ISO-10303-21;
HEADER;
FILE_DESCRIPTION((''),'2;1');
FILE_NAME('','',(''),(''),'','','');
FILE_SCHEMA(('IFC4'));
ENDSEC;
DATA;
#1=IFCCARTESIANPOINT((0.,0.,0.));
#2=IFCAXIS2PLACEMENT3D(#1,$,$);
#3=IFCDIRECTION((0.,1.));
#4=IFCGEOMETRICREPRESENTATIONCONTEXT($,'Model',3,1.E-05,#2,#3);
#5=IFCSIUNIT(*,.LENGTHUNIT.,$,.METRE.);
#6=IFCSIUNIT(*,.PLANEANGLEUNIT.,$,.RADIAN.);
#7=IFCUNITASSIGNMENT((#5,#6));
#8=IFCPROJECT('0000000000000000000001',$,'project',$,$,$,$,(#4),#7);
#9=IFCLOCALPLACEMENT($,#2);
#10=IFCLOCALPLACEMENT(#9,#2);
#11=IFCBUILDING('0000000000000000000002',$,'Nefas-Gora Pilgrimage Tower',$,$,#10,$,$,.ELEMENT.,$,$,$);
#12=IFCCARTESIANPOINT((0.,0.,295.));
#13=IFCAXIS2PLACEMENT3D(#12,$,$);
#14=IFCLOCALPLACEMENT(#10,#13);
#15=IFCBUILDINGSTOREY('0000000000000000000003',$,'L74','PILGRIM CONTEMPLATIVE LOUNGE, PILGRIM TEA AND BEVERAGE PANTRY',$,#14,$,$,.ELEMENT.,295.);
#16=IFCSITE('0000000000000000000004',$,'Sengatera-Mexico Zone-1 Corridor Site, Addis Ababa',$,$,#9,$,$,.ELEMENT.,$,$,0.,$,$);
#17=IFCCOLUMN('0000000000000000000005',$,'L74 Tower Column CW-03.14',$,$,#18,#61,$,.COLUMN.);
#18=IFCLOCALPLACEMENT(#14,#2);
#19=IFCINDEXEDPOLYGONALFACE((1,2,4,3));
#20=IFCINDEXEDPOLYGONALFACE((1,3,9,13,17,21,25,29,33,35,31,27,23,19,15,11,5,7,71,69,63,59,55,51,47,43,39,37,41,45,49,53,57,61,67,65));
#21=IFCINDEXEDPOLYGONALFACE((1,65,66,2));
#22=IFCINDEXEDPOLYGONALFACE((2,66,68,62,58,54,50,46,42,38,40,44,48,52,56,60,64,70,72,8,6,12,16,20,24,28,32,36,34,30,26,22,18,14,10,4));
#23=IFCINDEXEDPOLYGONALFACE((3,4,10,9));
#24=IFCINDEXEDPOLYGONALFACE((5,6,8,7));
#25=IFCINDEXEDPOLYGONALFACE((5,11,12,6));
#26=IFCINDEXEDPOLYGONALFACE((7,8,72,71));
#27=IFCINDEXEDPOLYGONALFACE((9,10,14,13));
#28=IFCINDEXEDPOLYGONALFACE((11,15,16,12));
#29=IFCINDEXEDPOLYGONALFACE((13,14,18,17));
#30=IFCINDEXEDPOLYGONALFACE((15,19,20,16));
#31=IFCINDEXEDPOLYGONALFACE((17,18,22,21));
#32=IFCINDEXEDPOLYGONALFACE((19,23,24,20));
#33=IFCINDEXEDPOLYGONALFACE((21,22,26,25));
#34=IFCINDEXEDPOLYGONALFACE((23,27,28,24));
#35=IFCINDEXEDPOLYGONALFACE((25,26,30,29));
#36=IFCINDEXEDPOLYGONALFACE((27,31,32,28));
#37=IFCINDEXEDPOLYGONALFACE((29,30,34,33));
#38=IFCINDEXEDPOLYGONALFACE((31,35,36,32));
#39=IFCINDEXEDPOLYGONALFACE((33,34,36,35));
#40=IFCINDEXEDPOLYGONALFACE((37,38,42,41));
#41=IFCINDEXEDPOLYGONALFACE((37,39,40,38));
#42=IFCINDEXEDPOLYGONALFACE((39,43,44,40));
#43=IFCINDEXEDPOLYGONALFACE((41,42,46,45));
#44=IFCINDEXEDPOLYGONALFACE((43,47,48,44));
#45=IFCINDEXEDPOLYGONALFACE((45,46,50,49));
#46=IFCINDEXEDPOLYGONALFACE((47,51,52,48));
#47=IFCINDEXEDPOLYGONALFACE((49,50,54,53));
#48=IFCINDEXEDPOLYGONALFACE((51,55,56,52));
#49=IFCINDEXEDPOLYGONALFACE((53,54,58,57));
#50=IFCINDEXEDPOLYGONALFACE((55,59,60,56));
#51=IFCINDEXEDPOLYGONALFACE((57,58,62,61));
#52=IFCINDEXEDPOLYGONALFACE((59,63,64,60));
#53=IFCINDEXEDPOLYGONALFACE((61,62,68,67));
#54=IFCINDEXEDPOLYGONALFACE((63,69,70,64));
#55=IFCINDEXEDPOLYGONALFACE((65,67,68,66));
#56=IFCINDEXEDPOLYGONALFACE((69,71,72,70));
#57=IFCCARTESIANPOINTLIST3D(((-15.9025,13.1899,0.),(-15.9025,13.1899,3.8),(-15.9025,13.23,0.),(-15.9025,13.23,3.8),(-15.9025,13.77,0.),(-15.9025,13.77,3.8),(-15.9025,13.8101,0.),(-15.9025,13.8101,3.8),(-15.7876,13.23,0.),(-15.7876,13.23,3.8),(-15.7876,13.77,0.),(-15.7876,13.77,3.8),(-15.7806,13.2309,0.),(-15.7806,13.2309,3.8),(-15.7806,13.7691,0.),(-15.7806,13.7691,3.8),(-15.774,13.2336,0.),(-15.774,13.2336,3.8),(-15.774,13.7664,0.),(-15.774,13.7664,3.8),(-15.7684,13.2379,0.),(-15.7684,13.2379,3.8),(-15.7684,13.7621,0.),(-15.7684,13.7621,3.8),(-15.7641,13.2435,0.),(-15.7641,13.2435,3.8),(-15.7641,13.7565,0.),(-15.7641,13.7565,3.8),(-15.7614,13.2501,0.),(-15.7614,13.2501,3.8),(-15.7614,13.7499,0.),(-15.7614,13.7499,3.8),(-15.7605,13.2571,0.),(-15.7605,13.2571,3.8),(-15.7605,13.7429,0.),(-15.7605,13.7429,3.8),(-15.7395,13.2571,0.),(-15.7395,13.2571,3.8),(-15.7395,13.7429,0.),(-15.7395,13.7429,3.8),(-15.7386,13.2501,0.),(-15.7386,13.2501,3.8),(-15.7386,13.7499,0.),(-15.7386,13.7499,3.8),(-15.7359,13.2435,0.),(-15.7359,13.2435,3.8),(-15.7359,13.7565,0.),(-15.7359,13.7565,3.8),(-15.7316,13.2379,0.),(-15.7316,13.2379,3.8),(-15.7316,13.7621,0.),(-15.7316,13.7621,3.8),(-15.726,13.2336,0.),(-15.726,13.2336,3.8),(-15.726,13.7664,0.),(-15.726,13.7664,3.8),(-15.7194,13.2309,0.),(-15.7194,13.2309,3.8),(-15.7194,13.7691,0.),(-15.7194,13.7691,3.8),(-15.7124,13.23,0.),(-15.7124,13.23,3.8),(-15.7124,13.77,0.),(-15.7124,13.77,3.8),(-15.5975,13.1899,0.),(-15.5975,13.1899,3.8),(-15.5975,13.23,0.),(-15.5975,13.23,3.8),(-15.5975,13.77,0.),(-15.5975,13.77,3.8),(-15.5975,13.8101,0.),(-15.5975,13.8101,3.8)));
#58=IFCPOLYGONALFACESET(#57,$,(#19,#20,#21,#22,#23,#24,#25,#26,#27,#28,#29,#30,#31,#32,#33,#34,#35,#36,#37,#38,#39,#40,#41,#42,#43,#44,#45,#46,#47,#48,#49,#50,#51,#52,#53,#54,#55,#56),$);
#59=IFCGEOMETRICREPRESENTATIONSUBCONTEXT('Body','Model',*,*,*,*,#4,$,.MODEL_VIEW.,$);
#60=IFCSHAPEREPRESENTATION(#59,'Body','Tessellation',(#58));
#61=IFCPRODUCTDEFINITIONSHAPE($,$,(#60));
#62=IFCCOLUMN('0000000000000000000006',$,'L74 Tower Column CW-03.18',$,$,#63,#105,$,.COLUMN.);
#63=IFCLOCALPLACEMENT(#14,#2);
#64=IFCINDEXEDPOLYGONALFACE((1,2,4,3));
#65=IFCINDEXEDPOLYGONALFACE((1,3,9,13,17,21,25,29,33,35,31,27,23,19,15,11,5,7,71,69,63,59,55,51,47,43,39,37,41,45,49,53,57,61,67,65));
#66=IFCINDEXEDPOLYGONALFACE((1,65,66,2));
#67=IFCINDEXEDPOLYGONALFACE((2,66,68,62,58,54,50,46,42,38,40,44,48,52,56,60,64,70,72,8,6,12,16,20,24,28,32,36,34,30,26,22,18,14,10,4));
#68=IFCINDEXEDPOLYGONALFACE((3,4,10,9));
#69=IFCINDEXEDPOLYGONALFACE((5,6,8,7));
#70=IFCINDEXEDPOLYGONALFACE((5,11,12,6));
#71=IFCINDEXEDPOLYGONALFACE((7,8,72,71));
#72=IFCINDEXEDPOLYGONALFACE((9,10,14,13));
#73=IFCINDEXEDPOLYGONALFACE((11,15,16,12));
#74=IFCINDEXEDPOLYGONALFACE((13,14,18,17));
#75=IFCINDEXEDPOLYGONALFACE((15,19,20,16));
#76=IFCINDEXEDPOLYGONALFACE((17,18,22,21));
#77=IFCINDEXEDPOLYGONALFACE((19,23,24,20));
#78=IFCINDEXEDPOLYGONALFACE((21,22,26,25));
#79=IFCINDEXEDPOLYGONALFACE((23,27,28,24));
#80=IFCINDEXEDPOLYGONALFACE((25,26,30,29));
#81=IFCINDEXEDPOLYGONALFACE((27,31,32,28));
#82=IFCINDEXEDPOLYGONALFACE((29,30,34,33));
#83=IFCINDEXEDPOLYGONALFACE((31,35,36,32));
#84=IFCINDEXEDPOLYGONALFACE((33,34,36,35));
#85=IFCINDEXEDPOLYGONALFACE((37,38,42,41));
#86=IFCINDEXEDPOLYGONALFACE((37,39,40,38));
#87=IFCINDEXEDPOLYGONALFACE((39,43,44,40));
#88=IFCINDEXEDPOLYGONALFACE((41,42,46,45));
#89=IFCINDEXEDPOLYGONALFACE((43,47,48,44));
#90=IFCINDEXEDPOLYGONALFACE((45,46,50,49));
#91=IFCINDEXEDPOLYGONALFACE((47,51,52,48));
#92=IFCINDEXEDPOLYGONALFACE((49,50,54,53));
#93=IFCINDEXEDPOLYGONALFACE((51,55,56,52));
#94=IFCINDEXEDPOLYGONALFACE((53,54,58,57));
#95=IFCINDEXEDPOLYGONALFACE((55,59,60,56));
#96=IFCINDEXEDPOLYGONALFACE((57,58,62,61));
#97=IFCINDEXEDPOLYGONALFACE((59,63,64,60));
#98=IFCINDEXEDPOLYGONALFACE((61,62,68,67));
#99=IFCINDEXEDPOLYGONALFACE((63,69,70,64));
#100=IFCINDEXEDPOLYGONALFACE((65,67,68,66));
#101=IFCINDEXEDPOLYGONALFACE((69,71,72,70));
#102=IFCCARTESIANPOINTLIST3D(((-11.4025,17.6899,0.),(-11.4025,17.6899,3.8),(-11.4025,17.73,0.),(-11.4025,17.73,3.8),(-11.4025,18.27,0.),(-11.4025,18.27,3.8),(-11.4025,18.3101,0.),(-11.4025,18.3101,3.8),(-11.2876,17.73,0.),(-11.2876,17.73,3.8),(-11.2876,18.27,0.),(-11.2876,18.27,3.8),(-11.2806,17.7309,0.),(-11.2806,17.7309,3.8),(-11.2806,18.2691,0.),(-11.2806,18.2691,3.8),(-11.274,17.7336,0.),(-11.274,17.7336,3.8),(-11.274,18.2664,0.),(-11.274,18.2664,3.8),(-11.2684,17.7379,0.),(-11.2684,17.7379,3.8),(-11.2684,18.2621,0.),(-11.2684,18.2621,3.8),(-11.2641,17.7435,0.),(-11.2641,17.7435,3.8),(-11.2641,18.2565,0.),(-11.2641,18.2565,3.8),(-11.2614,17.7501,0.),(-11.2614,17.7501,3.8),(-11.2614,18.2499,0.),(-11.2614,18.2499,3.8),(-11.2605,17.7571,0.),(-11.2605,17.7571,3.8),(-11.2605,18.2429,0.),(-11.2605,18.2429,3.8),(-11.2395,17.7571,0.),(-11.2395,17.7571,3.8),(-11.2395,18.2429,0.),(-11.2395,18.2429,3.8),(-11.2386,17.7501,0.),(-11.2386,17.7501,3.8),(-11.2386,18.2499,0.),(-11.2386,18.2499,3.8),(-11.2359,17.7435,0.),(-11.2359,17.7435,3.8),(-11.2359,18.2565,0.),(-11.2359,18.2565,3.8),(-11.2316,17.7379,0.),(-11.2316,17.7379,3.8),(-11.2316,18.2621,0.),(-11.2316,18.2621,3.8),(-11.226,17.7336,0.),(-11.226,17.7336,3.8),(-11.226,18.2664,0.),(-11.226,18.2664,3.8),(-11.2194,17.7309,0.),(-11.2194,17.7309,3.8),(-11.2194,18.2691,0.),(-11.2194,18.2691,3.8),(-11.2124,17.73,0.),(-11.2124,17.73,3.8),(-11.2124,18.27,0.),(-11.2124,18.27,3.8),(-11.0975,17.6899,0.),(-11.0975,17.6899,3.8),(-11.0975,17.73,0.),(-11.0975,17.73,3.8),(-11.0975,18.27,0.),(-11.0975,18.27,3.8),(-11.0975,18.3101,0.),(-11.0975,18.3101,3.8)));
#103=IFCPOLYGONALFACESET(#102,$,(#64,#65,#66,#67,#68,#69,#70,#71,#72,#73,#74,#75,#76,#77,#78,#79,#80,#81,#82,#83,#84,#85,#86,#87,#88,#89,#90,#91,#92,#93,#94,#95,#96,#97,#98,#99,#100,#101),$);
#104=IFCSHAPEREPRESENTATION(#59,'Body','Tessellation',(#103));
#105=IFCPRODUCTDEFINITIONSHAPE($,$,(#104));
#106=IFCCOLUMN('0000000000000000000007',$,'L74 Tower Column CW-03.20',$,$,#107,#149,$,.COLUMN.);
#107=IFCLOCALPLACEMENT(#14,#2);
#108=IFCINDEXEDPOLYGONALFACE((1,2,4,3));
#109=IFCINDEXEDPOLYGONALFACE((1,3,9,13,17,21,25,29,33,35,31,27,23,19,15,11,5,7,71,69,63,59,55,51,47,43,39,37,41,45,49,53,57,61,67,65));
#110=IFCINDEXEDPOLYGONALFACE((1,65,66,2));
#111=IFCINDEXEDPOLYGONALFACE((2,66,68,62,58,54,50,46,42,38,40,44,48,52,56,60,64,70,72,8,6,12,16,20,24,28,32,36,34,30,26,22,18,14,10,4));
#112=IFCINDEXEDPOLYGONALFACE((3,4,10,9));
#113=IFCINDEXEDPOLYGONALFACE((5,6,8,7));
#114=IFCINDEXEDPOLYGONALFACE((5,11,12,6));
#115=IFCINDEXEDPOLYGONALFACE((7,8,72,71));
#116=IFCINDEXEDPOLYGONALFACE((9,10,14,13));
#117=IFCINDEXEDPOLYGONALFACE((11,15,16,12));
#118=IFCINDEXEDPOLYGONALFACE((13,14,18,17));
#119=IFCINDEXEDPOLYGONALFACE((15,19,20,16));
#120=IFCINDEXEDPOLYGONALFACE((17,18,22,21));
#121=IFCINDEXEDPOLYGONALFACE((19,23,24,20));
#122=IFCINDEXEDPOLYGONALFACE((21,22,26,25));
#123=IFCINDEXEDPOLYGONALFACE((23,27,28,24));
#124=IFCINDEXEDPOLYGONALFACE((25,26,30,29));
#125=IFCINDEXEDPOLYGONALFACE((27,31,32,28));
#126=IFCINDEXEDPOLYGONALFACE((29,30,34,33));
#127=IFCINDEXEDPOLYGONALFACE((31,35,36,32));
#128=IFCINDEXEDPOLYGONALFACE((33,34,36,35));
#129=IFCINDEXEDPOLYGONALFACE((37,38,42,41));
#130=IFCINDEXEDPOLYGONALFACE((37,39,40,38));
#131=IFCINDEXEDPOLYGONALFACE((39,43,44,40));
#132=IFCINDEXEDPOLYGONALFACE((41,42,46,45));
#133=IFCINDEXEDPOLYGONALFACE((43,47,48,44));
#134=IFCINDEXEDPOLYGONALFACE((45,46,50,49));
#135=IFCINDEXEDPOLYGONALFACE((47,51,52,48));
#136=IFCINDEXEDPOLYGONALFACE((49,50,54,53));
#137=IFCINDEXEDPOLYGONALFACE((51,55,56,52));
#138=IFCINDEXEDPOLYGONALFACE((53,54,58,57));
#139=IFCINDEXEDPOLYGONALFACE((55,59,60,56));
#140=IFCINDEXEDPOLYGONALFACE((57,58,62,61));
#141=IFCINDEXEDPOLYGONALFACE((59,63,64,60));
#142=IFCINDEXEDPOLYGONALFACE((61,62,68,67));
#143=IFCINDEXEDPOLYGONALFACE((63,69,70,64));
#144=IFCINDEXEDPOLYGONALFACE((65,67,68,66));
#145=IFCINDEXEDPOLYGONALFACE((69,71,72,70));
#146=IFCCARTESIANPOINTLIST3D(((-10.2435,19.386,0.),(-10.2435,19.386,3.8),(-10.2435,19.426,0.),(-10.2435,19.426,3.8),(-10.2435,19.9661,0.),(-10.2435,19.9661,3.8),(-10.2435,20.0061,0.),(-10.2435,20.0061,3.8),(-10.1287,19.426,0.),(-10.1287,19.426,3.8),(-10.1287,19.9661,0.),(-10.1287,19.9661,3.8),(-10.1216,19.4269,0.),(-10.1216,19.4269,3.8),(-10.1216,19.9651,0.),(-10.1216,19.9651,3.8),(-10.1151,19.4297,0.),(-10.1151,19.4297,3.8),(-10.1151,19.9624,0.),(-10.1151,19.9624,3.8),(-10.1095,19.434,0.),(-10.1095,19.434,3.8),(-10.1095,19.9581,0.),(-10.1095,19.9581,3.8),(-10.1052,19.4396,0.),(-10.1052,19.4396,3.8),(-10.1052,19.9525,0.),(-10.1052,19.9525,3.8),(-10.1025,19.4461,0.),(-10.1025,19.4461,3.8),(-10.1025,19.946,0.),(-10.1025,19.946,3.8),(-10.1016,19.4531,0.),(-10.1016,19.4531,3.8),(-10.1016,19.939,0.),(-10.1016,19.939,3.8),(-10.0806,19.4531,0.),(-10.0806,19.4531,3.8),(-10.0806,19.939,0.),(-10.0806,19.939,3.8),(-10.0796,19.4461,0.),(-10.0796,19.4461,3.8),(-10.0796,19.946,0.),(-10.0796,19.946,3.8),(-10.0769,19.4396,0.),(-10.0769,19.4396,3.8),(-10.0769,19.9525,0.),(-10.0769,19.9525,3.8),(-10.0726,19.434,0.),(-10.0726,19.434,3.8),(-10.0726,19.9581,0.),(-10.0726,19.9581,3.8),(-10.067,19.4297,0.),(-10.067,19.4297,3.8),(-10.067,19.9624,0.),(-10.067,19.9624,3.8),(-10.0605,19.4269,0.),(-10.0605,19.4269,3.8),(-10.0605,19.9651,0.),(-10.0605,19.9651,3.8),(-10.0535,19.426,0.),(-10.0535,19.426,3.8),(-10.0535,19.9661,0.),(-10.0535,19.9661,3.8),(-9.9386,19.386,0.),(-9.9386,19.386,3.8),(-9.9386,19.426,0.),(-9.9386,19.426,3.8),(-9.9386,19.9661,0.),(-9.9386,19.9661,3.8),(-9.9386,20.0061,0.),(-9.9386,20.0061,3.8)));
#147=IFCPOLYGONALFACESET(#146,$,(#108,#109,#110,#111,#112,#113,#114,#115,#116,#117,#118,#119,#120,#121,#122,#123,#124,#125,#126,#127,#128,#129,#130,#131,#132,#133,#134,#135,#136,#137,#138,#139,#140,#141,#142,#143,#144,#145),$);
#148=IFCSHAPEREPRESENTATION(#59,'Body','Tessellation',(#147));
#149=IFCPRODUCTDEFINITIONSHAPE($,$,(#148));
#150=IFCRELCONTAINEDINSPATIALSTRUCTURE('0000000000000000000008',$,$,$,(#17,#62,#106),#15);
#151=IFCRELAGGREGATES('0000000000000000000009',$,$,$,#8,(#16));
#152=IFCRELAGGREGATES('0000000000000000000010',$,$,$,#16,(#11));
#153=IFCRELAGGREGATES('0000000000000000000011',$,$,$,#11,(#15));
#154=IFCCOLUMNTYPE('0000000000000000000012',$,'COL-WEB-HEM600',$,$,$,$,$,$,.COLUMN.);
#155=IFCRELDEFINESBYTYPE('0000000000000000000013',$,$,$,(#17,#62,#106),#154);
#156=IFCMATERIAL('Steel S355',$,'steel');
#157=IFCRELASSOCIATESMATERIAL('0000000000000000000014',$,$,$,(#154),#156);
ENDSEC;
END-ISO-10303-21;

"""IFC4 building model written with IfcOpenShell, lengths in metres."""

from ifc_helpers import new_model, si_unit, direction, frame, origin, origin_2d, place, context, subcontext, project, spatial, i_section, extrude, source, transform, mapped, material, material_profile, profile_set, type_object, element, save


model = new_model("IFC4")

# Units and contexts
model_context = context("Model", 3, precision=1e-05, world=origin(), true_north=direction((0.0, 1.0)))
body_context = subcontext(model_context, "Body", "Model", "MODEL_VIEW")
ifc_project = project(units=[si_unit("LENGTHUNIT", "METRE"), si_unit("PLANEANGLEUNIT", "RADIAN")], contexts=[model_context])

# Site, building, storey
site_placement = place(None, origin())
site = spatial("IfcSite", under=ifc_project, at=site_placement, Name="Sengatera-Mexico Zone-1 Corridor Site, Addis Ababa", CompositionType="ELEMENT", RefElevation=0.0)
building_placement = place(site_placement, origin())
building = spatial("IfcBuilding", under=site, at=building_placement, Name="Nefas-Gora Pilgrimage Tower", CompositionType="ELEMENT")
storey_placement = place(building_placement, frame((0.0, 0.0, 295.0)))
storey = spatial("IfcBuildingStorey", under=building, at=storey_placement, Name="L74", Description="PILGRIM CONTEMPLATIVE LOUNGE, PILGRIM TEA AND BEVERAGE PANTRY", CompositionType="ELEMENT", Elevation=295.0)

# Columns
ifc_material_1 = material(Name="Steel S355", Category="steel")
ifc_material_profile_1 = material_profile(ifc_material_1, i_section(OverallWidth=0.3049, OverallDepth=0.6201, WebThickness=0.021, FlangeThickness=0.04, FilletRadius=0.0271, at=origin_2d()), Name="HEM 600")
ifc_profile_set_1 = profile_set([ifc_material_profile_1], Name="Steel S355")
column_type_1 = type_object("IfcColumnType", Name="COL-WEB-HEM600", PredefinedType="COLUMN", material=ifc_profile_set_1)
shared_shape_1 = source(origin(), body_context, "Body", "SweptSolid", [
    extrude(i_section(OverallWidth=0.3049, OverallDepth=0.6201, WebThickness=0.021, FlangeThickness=0.04, FilletRadius=0.0271, at=origin_2d()), origin(), (0.0, 0.0, 1.0), 3.8),
])
for number, where, z_axis, x_axis, name in (
    (1, (-15.75, 13.5, 0.0), (0.0, 0.0, 1.0), (1.0, 0.0, 0.0), "L74 Tower Column CW-03.14"),
    (2, (-11.25, 18.0, 0.0), (0.0, 0.0, 1.0), (1.0, 0.0, 0.0), "L74 Tower Column CW-03.18"),
    (3, (-10.0911, 19.696, 0.0), (0.0, 0.0, 1.0), (1.0, 0.0, 0.0), "L74 Tower Column CW-03.20"),
):
    element("IfcColumn", number, at=place(storey_placement, frame(where, z_axis=z_axis, x_axis=x_axis)), inside=storey, type_object=column_type_1, Name=name, PredefinedType="COLUMN", context=body_context, shape_type="MappedRepresentation", body=[
        mapped(shared_shape_1, transform((0.0, 0.0, 0.0), x_axis=(1.0, 0.0, 0.0), y_axis=(0.0, 1.0, 0.0), z_axis=(0.0, 0.0, 1.0), scale=1.0)),
    ])

save(model, "model.ifc")
